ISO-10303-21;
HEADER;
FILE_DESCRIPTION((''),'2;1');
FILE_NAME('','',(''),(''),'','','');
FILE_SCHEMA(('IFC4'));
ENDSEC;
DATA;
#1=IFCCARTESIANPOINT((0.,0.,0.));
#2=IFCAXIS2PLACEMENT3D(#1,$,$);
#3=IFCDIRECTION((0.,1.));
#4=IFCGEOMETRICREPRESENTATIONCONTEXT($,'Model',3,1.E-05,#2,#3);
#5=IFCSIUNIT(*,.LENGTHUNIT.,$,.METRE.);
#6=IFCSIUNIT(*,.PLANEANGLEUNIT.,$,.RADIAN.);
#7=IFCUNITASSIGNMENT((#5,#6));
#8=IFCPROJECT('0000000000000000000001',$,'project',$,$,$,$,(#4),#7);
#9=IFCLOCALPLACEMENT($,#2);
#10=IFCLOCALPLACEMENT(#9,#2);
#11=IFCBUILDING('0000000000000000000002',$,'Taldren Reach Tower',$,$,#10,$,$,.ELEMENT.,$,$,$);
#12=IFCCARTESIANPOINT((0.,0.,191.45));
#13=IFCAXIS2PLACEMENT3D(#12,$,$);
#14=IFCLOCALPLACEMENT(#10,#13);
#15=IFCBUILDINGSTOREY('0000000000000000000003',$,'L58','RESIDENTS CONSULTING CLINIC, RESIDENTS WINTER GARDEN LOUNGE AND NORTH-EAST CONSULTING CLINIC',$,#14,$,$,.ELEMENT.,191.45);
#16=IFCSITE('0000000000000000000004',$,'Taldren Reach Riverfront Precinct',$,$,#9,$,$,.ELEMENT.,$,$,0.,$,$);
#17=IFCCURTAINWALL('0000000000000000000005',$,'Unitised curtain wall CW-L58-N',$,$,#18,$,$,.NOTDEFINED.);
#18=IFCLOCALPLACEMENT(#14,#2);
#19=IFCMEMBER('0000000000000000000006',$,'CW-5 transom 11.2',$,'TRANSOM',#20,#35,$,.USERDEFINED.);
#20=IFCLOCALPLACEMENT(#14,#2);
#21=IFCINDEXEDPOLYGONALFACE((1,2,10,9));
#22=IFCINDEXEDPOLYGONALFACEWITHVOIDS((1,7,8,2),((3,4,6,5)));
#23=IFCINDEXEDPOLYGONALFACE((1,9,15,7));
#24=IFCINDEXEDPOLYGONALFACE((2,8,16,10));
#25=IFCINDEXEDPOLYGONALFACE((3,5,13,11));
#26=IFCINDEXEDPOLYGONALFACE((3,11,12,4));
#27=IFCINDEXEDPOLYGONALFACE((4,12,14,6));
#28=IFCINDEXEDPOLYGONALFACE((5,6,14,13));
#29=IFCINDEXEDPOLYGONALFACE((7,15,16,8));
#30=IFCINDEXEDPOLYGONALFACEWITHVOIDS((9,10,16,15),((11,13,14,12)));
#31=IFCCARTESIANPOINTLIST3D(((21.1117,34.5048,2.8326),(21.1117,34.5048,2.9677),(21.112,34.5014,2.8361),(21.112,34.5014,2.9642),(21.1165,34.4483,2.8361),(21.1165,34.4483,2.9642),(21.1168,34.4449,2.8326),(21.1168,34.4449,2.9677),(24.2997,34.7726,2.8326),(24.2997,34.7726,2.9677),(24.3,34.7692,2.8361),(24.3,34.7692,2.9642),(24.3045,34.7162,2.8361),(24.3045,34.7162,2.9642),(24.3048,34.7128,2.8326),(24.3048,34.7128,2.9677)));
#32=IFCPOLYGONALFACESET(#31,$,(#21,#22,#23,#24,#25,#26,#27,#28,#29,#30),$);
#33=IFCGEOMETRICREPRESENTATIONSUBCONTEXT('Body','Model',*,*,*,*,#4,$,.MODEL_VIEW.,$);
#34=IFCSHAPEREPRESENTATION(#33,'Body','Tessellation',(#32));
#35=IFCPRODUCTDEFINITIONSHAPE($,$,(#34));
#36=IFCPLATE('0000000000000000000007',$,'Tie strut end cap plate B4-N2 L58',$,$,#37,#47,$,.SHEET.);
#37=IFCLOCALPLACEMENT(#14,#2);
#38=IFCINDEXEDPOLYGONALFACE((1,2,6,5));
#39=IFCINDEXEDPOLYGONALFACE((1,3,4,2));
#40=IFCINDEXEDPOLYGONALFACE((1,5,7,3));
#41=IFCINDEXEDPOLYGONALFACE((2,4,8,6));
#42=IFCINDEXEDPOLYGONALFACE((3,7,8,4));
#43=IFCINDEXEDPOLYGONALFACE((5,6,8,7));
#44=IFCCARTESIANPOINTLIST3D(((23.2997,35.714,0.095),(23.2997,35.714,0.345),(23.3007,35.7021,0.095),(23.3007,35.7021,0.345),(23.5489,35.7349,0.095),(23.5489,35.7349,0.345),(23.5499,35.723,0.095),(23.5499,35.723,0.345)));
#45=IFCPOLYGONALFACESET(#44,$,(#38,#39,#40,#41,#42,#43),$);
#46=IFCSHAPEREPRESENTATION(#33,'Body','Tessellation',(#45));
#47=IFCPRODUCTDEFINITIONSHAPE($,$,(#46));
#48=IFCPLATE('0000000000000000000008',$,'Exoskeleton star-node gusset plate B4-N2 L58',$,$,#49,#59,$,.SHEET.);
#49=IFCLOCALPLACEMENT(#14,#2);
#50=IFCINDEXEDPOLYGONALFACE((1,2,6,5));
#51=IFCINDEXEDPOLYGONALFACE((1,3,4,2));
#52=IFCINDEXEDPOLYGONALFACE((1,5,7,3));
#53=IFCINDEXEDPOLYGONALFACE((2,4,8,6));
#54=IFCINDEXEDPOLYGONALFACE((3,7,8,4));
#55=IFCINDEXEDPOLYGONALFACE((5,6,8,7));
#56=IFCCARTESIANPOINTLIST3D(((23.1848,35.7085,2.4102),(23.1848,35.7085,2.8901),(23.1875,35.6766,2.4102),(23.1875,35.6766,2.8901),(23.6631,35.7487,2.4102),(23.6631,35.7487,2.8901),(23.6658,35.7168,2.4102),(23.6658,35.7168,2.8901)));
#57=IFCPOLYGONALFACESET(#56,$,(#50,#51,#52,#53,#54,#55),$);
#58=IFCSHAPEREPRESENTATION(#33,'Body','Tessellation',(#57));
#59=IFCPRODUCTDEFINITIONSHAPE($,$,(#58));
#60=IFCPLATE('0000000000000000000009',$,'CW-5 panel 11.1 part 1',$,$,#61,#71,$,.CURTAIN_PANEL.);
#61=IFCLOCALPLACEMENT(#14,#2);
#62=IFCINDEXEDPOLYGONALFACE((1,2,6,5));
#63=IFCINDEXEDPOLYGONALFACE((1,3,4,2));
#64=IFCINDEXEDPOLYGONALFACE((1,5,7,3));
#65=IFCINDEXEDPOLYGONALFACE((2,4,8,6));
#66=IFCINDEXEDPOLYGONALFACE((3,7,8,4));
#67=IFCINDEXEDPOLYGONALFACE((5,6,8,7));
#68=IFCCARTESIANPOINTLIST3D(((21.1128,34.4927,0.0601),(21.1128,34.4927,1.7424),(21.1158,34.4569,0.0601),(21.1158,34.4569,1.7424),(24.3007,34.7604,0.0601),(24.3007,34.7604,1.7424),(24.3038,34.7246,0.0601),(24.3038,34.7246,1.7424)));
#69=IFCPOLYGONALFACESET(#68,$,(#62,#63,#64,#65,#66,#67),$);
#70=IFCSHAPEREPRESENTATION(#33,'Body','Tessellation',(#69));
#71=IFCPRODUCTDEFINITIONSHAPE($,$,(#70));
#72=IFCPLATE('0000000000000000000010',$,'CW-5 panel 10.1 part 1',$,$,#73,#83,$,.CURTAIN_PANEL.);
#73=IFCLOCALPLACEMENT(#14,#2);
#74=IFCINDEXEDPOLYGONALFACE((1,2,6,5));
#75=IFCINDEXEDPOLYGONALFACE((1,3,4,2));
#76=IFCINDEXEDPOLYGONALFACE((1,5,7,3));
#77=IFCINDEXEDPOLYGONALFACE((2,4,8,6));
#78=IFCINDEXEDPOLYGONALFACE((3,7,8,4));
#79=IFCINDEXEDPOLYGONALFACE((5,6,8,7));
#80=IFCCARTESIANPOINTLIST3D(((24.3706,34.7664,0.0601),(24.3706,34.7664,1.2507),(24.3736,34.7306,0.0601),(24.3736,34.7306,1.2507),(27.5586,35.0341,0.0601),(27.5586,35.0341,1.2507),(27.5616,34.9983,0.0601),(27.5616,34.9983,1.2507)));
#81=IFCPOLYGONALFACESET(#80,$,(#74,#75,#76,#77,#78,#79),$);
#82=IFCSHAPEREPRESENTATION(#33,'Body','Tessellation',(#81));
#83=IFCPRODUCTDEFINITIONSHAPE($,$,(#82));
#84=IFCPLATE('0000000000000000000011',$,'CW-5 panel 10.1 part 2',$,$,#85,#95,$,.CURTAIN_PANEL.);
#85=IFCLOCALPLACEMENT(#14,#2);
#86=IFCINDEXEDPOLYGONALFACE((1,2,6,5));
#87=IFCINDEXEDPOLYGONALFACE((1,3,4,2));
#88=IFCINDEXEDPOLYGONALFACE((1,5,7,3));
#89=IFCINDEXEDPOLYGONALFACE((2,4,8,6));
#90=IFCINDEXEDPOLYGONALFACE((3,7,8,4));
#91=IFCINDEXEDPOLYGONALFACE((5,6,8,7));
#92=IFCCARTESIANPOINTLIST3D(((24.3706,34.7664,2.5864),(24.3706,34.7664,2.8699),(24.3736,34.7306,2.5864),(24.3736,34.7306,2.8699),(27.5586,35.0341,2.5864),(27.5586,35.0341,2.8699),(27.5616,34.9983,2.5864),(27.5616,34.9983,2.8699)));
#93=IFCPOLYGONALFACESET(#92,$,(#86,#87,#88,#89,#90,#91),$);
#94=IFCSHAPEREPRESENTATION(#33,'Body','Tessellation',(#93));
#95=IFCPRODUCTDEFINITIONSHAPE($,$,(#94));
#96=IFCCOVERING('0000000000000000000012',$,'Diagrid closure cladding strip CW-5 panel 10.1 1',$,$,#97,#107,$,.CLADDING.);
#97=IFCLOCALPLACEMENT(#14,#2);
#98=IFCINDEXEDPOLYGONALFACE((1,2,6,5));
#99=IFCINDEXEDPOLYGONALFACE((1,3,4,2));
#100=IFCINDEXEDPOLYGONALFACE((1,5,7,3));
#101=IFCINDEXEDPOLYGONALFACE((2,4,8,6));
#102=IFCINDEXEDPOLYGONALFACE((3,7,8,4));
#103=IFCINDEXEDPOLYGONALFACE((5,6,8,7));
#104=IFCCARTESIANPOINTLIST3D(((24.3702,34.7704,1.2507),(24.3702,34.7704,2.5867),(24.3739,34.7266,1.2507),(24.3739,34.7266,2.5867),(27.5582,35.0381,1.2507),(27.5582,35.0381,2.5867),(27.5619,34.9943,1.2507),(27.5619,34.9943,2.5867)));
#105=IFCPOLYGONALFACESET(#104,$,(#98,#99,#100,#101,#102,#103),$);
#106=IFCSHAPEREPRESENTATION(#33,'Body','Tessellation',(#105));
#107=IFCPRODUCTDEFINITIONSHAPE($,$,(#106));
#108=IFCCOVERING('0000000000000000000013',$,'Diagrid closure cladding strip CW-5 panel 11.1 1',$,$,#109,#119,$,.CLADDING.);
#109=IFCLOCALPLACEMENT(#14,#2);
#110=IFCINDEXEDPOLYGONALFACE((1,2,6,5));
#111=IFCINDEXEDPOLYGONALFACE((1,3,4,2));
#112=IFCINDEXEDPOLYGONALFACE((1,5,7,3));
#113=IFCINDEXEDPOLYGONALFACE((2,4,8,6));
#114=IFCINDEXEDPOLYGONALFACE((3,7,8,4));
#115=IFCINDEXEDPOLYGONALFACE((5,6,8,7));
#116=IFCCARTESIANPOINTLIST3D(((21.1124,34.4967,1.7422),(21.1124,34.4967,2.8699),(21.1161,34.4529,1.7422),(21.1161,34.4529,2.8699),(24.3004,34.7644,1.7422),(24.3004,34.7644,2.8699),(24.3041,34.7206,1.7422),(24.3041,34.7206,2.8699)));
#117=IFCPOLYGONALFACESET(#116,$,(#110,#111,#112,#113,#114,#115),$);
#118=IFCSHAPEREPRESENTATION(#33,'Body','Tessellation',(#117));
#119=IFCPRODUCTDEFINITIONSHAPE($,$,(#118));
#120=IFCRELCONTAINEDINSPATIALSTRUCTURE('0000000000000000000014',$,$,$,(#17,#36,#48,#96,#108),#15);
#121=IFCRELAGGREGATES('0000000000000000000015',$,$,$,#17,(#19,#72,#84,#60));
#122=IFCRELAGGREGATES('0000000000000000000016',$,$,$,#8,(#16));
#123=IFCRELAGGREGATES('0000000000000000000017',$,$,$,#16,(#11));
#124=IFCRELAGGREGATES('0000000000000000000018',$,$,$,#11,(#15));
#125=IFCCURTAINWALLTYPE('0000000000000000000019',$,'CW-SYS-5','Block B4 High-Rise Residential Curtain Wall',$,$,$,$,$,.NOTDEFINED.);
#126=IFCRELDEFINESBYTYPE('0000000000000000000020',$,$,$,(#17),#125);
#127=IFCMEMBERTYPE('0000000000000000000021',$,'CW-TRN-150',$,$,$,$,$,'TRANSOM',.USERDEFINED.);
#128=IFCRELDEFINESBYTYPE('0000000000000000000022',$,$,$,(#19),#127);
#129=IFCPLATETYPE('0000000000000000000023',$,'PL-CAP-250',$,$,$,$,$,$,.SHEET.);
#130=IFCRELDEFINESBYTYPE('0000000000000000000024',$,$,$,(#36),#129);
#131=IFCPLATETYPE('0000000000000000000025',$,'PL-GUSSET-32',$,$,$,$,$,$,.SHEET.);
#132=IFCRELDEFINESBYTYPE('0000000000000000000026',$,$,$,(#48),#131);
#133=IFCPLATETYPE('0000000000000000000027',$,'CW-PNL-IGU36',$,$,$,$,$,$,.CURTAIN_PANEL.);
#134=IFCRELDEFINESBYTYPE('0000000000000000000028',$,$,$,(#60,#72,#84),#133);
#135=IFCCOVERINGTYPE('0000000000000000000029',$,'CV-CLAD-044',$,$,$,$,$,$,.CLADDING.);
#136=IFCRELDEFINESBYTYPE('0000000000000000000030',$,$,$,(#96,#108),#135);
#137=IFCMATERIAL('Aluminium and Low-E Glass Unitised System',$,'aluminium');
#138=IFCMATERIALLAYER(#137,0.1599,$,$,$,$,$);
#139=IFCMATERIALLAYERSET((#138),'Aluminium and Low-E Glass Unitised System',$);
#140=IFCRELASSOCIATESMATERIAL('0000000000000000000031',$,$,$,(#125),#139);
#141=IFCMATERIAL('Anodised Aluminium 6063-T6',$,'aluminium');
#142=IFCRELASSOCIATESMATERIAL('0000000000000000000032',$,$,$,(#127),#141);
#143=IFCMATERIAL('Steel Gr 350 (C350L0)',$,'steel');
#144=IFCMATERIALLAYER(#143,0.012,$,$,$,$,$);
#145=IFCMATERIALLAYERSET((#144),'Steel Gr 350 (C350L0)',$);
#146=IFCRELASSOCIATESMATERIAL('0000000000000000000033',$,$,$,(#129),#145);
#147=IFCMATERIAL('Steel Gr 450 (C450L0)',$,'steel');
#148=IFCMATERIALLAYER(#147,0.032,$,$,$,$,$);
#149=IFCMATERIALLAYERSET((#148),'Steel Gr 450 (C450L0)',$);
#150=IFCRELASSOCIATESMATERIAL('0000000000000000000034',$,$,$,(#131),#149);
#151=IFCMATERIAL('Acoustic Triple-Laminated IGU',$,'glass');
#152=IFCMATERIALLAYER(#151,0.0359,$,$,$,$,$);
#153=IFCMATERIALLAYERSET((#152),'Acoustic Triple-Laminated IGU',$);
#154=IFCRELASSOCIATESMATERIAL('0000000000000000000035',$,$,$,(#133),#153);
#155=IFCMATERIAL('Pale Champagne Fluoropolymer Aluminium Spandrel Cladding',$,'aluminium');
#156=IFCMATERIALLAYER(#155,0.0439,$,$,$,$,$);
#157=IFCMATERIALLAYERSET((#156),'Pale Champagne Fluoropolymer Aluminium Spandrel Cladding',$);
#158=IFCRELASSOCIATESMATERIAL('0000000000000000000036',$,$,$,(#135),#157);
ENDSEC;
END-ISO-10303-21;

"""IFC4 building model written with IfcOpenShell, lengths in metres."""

from ifc_helpers import new_model, si_unit, direction, frame, origin, origin_2d, place, context, subcontext, project, spatial, rectangle, hollow_rectangle, extrude, source, transform, mapped, material, layer, layer_set, material_profile, profile_set, type_object, element, aggregate, save


model = new_model("IFC4")

# Units and contexts
model_context = context("Model", 3, precision=1e-05, world=origin(), true_north=direction((0.0, 1.0)))
body_context = subcontext(model_context, "Body", "Model", "MODEL_VIEW")
ifc_project = project(units=[si_unit("LENGTHUNIT", "METRE"), si_unit("PLANEANGLEUNIT", "RADIAN")], contexts=[model_context])

# Site, building, storey
site_placement = place(None, origin())
site = spatial("IfcSite", under=ifc_project, at=site_placement, Name="Taldren Reach Riverfront Precinct", CompositionType="ELEMENT", RefElevation=0.0)
building_placement = place(site_placement, origin())
building = spatial("IfcBuilding", under=site, at=building_placement, Name="Taldren Reach Tower", CompositionType="ELEMENT")
storey_placement = place(building_placement, frame((0.0, 0.0, 191.45)))
storey = spatial("IfcBuildingStorey", under=building, at=storey_placement, Name="L58", Description="RESIDENTS CONSULTING CLINIC, RESIDENTS WINTER GARDEN LOUNGE AND NORTH-EAST CONSULTING CLINIC", CompositionType="ELEMENT", Elevation=191.45)

# Shared definitions
ifc_material_1 = material(Name="Steel Gr 350 (C350L0)", Category="steel")
ifc_material_2 = material(Name="Steel Gr 450 (C450L0)", Category="steel")

# Curtain wall, member
ifc_material_3 = material(Name="Aluminium and Low-E Glass Unitised System", Category="aluminium")
ifc_layer_1 = layer(ifc_material_3, 0.1599)
ifc_layer_set_1 = layer_set([ifc_layer_1], Name="Aluminium and Low-E Glass Unitised System")
curtain_wall_type = type_object("IfcCurtainWallType", Name="CW-SYS-5", Description="Block B4 High-Rise Residential Curtain Wall", PredefinedType="NOTDEFINED", material=ifc_layer_set_1)
curtain_wall_placement = place(storey_placement, origin())
curtain_wall = element("IfcCurtainWall", 1, at=curtain_wall_placement, inside=storey, type_object=curtain_wall_type, Name="Unitised curtain wall CW-L58-N", PredefinedType="NOTDEFINED")
ifc_material_4 = material(Name="Anodised Aluminium 6063-T6", Category="aluminium")
ifc_material_profile_1 = material_profile(ifc_material_4, hollow_rectangle(XDim=0.0601, YDim=0.135, WallThickness=0.0034, at=origin_2d()), Name="ALU-135x60x3.5RHS")
ifc_profile_set_1 = profile_set([ifc_material_profile_1], Name="Anodised Aluminium 6063-T6")
member_type_1 = type_object("IfcMemberType", Name="CW-TRN-150", ElementType="TRANSOM", PredefinedType="USERDEFINED", material=ifc_profile_set_1)
shared_shape_1 = source(origin(), body_context, "Body", "SweptSolid", [
    extrude(hollow_rectangle(XDim=0.0601, YDim=0.135, WallThickness=0.0034, at=origin_2d()), origin(), (0.0, 0.0, 1.0), 3.1992),
])
member_1_placement = place(storey_placement, frame((24.3022, 34.7427, 2.9001), z_axis=(-0.99649, -0.083715, 0.0), x_axis=(0.083715, -0.99649, 0.0)))
member_1 = element("IfcMember", 2, at=member_1_placement, type_object=member_type_1, Name="CW-5 transom 11.2", ObjectType="TRANSOM", PredefinedType="USERDEFINED", context=body_context, shape_type="MappedRepresentation", body=[
    mapped(shared_shape_1, transform((0.0, 0.0, 0.0), scale=1.0)),
])

# Plates
ifc_layer_2 = layer(ifc_material_1, 0.012)
ifc_layer_set_2 = layer_set([ifc_layer_2], Name="Steel Gr 350 (C350L0)")
plate_type_1 = type_object("IfcPlateType", Name="PL-CAP-250", PredefinedType="SHEET", material=ifc_layer_set_2)
shared_shape_2 = source(origin(), body_context, "Body", "SweptSolid", [
    extrude(rectangle(XDim=0.25, YDim=0.012, at=origin_2d()), origin(), (0.0, 0.0, 1.0), 0.25),
])
plate_1_placement = place(storey_placement, frame((23.4248, 35.7185, 0.095), z_axis=(0.0, 0.0, 1.0), x_axis=(0.996493, 0.083678, 0.0)))
element("IfcPlate", 3, at=plate_1_placement, inside=storey, type_object=plate_type_1, Name="Tie strut end cap plate B4-N2 L58", PredefinedType="SHEET", context=body_context, shape_type="MappedRepresentation", body=[
    mapped(shared_shape_2, transform((0.0, 0.0, 0.0), scale=1.0)),
])
ifc_layer_3 = layer(ifc_material_2, 0.032)
ifc_layer_set_3 = layer_set([ifc_layer_3], Name="Steel Gr 450 (C450L0)")
plate_type_2 = type_object("IfcPlateType", Name="PL-GUSSET-32", PredefinedType="SHEET", material=ifc_layer_set_3)
shared_shape_3 = source(origin(), body_context, "Body", "SweptSolid", [
    extrude(rectangle(XDim=0.48, YDim=0.032, at=origin_2d()), origin(), (0.0, 0.0, 1.0), 0.48),
])
plate_2_placement = place(storey_placement, frame((23.4253, 35.7126, 2.4102), z_axis=(0.0, 0.0, 1.0), x_axis=(0.996493, 0.083678, 0.0)))
element("IfcPlate", 4, at=plate_2_placement, inside=storey, type_object=plate_type_2, Name="Exoskeleton star-node gusset plate B4-N2 L58", PredefinedType="SHEET", context=body_context, shape_type="MappedRepresentation", body=[
    mapped(shared_shape_3, transform((0.0, 0.0, 0.0), scale=1.0)),
])

# Plates
ifc_material_5 = material(Name="Acoustic Triple-Laminated IGU", Category="glass")
ifc_layer_4 = layer(ifc_material_5, 0.0359)
ifc_layer_set_4 = layer_set([ifc_layer_4], Name="Acoustic Triple-Laminated IGU")
plate_type_3 = type_object("IfcPlateType", Name="CW-PNL-IGU36", PredefinedType="CURTAIN_PANEL", material=ifc_layer_set_4)
shared_shape_4 = source(origin(), body_context, "Body", "SweptSolid", [
    extrude(rectangle(XDim=3.1992, YDim=0.0359, at=origin_2d()), origin(), (0.0, 0.0, 1.0), 1.6824),
])
plate_3_placement = place(storey_placement, frame((22.7083, 34.6086, 0.0601), z_axis=(0.0, 0.0, 1.0), x_axis=(-0.996493, -0.083678, 0.0)))
plate_3 = element("IfcPlate", 5, at=plate_3_placement, type_object=plate_type_3, Name="CW-5 panel 11.1 part 1", PredefinedType="CURTAIN_PANEL", context=body_context, shape_type="MappedRepresentation", body=[
    mapped(shared_shape_4, transform((0.0, 0.0, 0.0), scale=1.0)),
])
shared_shape_5 = source(origin(), body_context, "Body", "SweptSolid", [
    extrude(rectangle(XDim=3.1992, YDim=0.0359, at=origin_2d()), origin(), (0.0, 0.0, 1.0), 1.1907),
])
plate_4_placement = place(storey_placement, frame((25.9661, 34.8823, 0.0601), z_axis=(0.0, 0.0, 1.0), x_axis=(-0.996493, -0.083678, 0.0)))
plate_4 = element("IfcPlate", 6, at=plate_4_placement, type_object=plate_type_3, Name="CW-5 panel 10.1 part 1", PredefinedType="CURTAIN_PANEL", context=body_context, shape_type="MappedRepresentation", body=[
    mapped(shared_shape_5, transform((0.0, 0.0, 0.0), scale=1.0)),
])
shared_shape_6 = source(origin(), body_context, "Body", "SweptSolid", [
    extrude(rectangle(XDim=3.1992, YDim=0.0359, at=origin_2d()), origin(), (0.0, 0.0, 1.0), 0.2834),
])
plate_5_placement = place(storey_placement, frame((25.9661, 34.8823, 2.5864), z_axis=(0.0, 0.0, 1.0), x_axis=(-0.996493, -0.083678, 0.0)))
plate_5 = element("IfcPlate", 7, at=plate_5_placement, type_object=plate_type_3, Name="CW-5 panel 10.1 part 2", PredefinedType="CURTAIN_PANEL", context=body_context, shape_type="MappedRepresentation", body=[
    mapped(shared_shape_6, transform((0.0, 0.0, 0.0), scale=1.0)),
])
aggregate(curtain_wall, [member_1, plate_4, plate_5, plate_3])

# Coverings
ifc_material_6 = material(Name="Pale Champagne Fluoropolymer Aluminium Spandrel Cladding", Category="aluminium")
ifc_layer_5 = layer(ifc_material_6, 0.0439)
ifc_layer_set_5 = layer_set([ifc_layer_5], Name="Pale Champagne Fluoropolymer Aluminium Spandrel Cladding")
covering_type = type_object("IfcCoveringType", Name="CV-CLAD-044", PredefinedType="CLADDING", material=ifc_layer_set_5)
shared_shape_7 = source(origin(), body_context, "Body", "SweptSolid", [
    extrude(rectangle(XDim=3.1992, YDim=0.0439, at=origin_2d()), origin(), (0.0, 0.0, 1.0), 1.3359),
])
covering_1_placement = place(storey_placement, frame((25.9661, 34.8823, 1.2507), z_axis=(0.0, 0.0, 1.0), x_axis=(-0.996493, -0.083678, 0.0)))
element("IfcCovering", 8, at=covering_1_placement, inside=storey, type_object=covering_type, Name="Diagrid closure cladding strip CW-5 panel 10.1 1", PredefinedType="CLADDING", context=body_context, shape_type="MappedRepresentation", body=[
    mapped(shared_shape_7, transform((0.0, 0.0, 0.0), scale=1.0)),
])
shared_shape_8 = source(origin(), body_context, "Body", "SweptSolid", [
    extrude(rectangle(XDim=3.1992, YDim=0.0439, at=origin_2d()), origin(), (0.0, 0.0, 1.0), 1.1277),
])
covering_2_placement = place(storey_placement, frame((22.7083, 34.6086, 1.7422), z_axis=(0.0, 0.0, 1.0), x_axis=(-0.996493, -0.083678, 0.0)))
element("IfcCovering", 9, at=covering_2_placement, inside=storey, type_object=covering_type, Name="Diagrid closure cladding strip CW-5 panel 11.1 1", PredefinedType="CLADDING", context=body_context, shape_type="MappedRepresentation", body=[
    mapped(shared_shape_8, transform((0.0, 0.0, 0.0), scale=1.0)),
])

save(model, "model.ifc")
